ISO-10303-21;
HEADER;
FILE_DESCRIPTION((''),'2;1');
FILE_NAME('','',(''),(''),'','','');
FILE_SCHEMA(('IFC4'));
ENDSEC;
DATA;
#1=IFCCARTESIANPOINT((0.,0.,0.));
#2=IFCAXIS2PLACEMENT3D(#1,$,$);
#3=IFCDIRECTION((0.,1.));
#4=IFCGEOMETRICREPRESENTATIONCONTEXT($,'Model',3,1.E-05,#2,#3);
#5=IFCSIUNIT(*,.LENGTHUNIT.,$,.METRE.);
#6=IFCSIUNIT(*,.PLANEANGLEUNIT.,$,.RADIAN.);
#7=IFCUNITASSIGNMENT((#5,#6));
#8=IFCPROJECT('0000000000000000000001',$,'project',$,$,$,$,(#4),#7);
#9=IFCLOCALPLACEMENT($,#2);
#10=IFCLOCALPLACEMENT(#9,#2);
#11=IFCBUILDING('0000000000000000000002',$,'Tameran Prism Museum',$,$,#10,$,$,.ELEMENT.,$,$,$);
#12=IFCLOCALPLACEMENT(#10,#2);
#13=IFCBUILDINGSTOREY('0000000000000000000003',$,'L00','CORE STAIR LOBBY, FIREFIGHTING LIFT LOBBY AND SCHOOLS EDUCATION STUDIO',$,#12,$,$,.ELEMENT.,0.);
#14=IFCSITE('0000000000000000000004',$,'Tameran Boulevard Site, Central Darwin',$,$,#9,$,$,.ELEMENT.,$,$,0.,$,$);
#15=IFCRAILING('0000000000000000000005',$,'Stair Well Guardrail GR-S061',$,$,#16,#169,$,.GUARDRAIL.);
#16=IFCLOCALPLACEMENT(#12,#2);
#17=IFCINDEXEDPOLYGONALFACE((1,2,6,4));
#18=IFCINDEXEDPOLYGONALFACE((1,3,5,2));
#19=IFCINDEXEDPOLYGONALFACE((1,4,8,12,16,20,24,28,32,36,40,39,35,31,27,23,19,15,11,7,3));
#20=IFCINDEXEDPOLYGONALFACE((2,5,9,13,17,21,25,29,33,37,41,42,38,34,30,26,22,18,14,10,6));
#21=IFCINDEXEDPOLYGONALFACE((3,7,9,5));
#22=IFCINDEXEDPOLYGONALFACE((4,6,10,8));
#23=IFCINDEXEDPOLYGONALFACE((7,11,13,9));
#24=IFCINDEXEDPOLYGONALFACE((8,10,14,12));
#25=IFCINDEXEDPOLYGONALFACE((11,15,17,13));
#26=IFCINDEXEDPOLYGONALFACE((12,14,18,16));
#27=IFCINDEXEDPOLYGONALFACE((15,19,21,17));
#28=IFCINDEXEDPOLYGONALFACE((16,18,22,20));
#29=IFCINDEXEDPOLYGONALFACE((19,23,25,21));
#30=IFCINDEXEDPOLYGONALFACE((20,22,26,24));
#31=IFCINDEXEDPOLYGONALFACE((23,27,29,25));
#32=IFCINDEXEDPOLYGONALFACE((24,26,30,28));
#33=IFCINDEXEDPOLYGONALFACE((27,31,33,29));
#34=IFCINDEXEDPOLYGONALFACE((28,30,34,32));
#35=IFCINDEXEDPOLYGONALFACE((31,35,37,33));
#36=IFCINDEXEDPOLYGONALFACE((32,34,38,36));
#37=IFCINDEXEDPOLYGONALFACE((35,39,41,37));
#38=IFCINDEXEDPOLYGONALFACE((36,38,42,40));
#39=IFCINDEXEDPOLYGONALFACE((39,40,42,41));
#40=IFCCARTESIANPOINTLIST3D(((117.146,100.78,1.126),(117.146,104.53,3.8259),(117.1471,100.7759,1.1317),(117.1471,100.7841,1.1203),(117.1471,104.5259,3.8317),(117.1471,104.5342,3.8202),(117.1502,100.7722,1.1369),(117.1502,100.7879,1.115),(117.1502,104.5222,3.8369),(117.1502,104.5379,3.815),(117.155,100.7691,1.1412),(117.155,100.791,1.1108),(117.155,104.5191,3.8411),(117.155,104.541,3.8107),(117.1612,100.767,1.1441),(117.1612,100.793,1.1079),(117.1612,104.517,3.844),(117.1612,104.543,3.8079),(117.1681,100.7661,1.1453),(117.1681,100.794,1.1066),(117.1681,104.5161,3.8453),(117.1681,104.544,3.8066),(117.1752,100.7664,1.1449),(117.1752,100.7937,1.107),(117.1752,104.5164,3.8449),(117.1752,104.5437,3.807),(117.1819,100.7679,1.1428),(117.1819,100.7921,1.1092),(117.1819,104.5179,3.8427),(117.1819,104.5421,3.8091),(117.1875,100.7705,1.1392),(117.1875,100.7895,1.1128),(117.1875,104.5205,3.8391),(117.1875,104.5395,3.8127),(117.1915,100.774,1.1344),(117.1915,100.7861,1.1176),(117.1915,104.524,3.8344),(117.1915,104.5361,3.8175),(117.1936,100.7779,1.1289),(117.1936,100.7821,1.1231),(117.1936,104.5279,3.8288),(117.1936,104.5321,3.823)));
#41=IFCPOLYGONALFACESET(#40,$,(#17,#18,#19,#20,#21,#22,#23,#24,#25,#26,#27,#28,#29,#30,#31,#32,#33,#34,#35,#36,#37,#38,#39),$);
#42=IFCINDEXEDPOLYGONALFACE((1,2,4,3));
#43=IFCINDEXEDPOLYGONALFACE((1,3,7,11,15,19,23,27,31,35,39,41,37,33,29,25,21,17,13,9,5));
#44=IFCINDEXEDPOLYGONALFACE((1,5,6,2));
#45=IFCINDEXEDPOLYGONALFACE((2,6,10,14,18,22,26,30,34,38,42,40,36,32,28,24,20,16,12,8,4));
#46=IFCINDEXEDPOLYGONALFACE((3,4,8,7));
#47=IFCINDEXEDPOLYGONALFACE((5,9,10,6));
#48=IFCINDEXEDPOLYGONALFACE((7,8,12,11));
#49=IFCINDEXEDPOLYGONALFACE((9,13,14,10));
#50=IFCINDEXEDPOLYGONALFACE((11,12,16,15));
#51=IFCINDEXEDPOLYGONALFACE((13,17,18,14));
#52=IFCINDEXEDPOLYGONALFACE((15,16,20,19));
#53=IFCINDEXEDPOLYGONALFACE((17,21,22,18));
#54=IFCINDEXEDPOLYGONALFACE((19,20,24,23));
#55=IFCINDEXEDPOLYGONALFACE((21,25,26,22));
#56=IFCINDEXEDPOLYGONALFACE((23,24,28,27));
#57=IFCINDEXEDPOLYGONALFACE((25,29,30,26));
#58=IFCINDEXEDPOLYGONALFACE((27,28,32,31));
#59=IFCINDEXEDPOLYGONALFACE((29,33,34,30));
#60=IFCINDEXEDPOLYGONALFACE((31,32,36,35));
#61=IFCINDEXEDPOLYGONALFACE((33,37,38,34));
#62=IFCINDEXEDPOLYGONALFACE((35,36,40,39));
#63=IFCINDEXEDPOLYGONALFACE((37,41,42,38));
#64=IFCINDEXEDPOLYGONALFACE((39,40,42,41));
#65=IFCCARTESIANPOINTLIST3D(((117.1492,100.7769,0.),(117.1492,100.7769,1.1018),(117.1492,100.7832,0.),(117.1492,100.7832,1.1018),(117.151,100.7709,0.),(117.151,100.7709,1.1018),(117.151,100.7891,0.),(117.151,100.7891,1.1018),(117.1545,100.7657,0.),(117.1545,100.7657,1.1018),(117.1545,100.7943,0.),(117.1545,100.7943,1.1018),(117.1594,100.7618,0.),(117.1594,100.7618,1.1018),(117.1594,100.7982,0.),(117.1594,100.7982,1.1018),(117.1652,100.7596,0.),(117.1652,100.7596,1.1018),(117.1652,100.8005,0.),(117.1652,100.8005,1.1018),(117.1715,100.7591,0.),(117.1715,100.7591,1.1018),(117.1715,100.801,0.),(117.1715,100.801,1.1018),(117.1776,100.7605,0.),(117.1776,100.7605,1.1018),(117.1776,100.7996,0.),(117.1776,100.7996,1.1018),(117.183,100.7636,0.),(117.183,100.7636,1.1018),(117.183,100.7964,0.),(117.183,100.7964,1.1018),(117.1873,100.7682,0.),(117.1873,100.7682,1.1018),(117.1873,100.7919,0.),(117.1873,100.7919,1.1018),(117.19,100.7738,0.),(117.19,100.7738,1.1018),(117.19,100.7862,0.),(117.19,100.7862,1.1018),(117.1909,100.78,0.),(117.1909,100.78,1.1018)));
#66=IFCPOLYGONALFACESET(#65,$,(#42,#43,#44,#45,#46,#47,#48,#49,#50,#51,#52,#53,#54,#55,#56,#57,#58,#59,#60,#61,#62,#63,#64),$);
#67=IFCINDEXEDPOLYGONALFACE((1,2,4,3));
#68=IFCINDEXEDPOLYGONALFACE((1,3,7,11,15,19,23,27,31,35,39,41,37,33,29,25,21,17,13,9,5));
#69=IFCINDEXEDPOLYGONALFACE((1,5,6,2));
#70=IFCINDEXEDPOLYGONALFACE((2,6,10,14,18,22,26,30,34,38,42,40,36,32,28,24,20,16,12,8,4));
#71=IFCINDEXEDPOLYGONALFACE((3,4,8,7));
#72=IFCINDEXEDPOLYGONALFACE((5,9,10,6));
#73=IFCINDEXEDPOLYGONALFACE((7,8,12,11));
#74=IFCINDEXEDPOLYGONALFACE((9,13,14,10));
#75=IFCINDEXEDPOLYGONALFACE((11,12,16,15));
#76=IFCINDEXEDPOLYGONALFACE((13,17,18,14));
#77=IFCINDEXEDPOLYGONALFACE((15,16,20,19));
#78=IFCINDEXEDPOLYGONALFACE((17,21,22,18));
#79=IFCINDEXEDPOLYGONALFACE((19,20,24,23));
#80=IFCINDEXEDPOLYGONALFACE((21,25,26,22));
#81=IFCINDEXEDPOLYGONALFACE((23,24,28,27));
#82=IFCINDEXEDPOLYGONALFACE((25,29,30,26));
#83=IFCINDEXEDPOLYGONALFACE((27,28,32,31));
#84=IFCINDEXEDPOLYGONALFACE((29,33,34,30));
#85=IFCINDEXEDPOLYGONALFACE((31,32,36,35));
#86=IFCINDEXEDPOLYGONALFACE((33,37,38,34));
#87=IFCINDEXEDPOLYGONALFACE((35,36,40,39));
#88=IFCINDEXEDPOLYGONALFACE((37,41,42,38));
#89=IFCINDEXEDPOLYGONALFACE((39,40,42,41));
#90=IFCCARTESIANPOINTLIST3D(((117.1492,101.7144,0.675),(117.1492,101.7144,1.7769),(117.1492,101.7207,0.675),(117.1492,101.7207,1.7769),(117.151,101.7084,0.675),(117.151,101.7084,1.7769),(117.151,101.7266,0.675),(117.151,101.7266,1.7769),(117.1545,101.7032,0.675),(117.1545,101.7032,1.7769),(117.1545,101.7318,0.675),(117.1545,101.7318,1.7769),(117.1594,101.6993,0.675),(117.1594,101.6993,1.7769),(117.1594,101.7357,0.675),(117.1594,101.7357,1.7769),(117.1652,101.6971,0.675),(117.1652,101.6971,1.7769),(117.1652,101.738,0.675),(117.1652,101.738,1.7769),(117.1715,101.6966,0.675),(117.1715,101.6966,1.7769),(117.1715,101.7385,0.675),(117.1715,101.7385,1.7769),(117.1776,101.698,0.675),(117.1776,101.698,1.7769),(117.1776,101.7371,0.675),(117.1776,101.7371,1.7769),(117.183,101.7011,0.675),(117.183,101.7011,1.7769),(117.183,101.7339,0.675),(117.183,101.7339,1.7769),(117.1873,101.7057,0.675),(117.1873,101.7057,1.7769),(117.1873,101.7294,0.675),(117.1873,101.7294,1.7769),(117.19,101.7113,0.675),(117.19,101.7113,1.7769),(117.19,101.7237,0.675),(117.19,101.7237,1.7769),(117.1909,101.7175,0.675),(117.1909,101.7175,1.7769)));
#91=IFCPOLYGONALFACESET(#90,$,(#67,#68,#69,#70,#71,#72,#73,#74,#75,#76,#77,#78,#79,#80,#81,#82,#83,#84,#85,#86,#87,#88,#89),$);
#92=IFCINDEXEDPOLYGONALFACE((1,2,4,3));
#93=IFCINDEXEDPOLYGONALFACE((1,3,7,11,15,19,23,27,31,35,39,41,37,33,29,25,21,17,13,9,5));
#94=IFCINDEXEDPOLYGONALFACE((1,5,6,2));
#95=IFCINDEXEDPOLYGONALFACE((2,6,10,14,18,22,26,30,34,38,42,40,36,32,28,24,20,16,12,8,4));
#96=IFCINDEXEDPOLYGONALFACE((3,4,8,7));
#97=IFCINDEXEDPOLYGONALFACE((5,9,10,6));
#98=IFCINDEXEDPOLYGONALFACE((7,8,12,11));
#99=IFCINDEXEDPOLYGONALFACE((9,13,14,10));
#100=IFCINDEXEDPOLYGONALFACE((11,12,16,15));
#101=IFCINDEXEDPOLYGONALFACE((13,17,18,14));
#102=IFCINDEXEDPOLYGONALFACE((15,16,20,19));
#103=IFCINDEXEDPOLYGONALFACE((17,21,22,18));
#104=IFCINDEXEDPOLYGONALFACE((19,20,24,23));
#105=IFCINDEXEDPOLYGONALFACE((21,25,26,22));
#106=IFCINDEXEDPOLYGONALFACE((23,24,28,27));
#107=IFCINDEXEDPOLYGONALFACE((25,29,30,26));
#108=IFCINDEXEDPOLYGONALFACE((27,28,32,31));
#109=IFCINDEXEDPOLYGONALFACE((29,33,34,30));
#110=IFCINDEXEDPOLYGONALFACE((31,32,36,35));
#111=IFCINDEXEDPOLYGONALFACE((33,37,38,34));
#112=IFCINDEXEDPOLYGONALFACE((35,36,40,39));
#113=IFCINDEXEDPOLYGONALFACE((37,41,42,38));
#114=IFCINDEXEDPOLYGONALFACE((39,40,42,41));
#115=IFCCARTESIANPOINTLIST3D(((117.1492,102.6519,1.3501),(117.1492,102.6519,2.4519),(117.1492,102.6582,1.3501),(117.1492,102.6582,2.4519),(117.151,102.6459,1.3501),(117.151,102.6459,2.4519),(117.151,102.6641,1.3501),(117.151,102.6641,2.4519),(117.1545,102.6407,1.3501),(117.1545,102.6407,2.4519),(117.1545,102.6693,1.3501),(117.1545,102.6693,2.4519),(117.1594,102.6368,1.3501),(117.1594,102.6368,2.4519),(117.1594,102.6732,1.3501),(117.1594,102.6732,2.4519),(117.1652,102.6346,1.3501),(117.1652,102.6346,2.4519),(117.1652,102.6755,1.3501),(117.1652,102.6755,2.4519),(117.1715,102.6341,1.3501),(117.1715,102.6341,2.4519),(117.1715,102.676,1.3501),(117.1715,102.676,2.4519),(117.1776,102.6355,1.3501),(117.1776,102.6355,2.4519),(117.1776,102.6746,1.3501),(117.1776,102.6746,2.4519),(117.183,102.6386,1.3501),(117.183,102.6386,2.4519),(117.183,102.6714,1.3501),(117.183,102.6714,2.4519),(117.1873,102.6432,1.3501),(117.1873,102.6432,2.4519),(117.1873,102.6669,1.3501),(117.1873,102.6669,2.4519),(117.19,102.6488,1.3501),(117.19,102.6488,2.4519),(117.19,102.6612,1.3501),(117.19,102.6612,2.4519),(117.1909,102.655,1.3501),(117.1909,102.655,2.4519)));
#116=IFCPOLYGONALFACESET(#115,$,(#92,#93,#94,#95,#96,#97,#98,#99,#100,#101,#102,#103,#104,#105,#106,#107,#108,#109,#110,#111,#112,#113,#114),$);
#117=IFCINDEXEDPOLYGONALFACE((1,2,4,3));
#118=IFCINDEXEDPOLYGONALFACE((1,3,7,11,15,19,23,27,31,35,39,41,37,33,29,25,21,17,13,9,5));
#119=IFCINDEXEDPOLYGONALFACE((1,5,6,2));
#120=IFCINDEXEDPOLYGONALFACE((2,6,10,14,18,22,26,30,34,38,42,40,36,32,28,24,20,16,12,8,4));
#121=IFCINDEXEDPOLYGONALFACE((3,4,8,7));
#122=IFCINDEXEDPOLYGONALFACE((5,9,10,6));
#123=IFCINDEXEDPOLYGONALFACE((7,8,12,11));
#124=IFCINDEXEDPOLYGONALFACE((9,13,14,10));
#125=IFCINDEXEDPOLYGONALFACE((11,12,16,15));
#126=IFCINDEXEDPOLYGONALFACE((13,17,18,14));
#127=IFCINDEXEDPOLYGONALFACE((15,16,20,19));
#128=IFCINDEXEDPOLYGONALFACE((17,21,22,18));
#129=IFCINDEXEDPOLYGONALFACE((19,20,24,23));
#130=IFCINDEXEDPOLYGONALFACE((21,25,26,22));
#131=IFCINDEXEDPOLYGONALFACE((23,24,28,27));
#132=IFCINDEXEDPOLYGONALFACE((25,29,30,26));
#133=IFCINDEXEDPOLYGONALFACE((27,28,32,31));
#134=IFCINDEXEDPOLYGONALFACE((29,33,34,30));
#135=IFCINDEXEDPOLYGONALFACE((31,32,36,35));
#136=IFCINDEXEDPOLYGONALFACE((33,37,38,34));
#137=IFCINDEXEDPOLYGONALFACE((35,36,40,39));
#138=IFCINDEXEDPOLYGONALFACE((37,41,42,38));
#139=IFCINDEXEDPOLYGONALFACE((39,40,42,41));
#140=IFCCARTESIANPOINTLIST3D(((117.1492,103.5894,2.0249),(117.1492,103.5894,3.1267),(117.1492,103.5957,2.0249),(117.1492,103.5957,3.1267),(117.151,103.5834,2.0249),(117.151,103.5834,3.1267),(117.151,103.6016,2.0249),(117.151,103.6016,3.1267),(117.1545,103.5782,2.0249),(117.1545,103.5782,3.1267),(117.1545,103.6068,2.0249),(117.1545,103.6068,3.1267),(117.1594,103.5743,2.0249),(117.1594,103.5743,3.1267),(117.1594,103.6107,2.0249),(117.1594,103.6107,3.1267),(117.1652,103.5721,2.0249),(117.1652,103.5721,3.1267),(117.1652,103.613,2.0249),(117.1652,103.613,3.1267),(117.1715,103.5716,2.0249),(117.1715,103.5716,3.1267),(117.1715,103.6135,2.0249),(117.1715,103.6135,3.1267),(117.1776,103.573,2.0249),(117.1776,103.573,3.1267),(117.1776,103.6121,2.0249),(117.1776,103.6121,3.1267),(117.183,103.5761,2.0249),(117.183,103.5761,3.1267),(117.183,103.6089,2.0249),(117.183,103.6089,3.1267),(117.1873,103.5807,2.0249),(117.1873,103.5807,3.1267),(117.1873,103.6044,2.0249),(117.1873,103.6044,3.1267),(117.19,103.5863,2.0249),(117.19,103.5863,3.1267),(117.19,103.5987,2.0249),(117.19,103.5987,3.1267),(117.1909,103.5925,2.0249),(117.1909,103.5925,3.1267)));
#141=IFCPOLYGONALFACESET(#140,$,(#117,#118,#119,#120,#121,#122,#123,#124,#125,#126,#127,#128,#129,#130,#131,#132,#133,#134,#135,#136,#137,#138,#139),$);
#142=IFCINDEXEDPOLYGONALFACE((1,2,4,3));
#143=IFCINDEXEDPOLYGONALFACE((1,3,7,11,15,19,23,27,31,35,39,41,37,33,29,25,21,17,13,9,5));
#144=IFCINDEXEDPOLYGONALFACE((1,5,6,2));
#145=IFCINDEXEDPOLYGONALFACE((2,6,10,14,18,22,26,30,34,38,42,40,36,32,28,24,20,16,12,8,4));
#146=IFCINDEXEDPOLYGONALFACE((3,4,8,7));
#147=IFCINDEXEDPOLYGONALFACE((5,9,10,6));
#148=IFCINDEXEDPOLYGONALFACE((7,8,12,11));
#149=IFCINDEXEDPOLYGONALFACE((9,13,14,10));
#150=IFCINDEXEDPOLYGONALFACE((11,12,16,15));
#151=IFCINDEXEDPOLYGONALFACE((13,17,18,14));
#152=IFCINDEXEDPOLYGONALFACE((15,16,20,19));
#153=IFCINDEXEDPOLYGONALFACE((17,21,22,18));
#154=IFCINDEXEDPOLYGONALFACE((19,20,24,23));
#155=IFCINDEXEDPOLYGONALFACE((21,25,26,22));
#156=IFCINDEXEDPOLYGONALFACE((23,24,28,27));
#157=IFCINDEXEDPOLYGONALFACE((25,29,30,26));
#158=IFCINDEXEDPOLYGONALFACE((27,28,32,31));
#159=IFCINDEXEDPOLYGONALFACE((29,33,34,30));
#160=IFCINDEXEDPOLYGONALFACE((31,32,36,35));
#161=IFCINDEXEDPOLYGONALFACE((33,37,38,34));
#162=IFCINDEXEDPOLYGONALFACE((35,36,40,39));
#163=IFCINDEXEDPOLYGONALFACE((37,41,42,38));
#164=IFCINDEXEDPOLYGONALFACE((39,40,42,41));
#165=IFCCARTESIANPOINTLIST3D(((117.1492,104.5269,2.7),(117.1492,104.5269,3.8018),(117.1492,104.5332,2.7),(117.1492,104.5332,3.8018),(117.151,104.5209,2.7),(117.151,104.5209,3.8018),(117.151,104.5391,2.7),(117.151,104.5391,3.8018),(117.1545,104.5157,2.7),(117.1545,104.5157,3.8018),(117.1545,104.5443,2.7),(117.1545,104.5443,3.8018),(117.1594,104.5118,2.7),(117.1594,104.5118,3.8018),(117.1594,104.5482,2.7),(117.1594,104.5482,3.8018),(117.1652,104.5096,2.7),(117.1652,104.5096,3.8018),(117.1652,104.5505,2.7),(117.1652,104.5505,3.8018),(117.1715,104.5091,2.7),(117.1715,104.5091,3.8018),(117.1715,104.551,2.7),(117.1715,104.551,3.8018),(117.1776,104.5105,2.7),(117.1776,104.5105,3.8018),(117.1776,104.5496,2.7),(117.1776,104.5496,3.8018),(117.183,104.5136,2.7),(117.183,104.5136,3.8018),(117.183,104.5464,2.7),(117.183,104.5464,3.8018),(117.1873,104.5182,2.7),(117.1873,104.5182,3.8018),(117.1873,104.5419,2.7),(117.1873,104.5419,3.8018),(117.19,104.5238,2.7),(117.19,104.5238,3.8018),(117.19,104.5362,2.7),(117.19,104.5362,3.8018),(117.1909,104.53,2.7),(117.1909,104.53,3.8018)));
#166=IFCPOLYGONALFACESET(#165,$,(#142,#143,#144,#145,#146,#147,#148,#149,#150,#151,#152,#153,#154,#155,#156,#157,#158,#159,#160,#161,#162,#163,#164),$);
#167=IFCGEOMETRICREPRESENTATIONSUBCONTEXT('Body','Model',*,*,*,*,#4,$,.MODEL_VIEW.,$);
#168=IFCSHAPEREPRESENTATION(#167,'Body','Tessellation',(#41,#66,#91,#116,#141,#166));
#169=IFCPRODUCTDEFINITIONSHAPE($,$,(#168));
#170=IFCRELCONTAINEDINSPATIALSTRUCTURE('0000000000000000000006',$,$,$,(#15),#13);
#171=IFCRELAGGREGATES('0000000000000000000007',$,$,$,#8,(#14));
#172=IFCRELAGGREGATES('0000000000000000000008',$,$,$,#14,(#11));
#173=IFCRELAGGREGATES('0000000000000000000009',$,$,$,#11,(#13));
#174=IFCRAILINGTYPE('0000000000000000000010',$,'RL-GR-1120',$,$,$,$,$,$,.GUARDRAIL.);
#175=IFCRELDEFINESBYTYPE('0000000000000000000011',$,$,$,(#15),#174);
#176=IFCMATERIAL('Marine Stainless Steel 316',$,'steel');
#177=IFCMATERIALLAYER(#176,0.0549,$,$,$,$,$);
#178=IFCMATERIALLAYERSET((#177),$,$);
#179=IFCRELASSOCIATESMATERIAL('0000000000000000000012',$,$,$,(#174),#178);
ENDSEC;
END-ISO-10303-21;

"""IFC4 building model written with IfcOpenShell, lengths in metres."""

from ifc_helpers import new_model, si_unit, direction, frame, origin, origin_2d, place, context, subcontext, project, spatial, circle, extrude, material, layer, layer_set, type_object, element, save


model = new_model("IFC4")

# Units and contexts
model_context = context("Model", 3, precision=1e-05, world=origin(), true_north=direction((0.0, 1.0)))
body_context = subcontext(model_context, "Body", "Model", "MODEL_VIEW")
ifc_project = project(units=[si_unit("LENGTHUNIT", "METRE"), si_unit("PLANEANGLEUNIT", "RADIAN")], contexts=[model_context])

# Site, building, storey
site_placement = place(None, origin())
site = spatial("IfcSite", under=ifc_project, at=site_placement, Name="Tameran Boulevard Site, Central Darwin", CompositionType="ELEMENT", RefElevation=0.0)
building_placement = place(site_placement, origin())
building = spatial("IfcBuilding", under=site, at=building_placement, Name="Tameran Prism Museum", CompositionType="ELEMENT")
storey_placement = place(building_placement, origin())
storey = spatial("IfcBuildingStorey", under=building, at=storey_placement, Name="L00", Description="CORE STAIR LOBBY, FIREFIGHTING LIFT LOBBY AND SCHOOLS EDUCATION STUDIO", CompositionType="ELEMENT", Elevation=0.0)

# Railing
ifc_material_1 = material(Name="Marine Stainless Steel 316", Category="steel")
ifc_layer_1 = layer(ifc_material_1, 0.0549)
ifc_layer_set_1 = layer_set([ifc_layer_1])
railing_type_1 = type_object("IfcRailingType", Name="RL-GR-1120", PredefinedType="GUARDRAIL", material=ifc_layer_set_1)
railing_1_placement = place(storey_placement, frame((117.1699, 100.78, 0.0)))
element("IfcRailing", 1, at=railing_1_placement, inside=storey, type_object=railing_type_1, Name="Stair Well Guardrail GR-S061", PredefinedType="GUARDRAIL", context=body_context, shape_type="SweptSolid", body=[
    extrude(circle(Radius=0.0239, at=origin_2d()), frame((0.0, 0.0, 1.126), z_axis=(0.0, 0.811539, 0.584298), x_axis=(-1.0, 0.0, 0.0)), (0.0, 0.0, 1.0), 4.6208),
    extrude(circle(Radius=0.021, at=origin_2d()), origin(), (0.0, 0.0, 1.0), 1.1018),
    extrude(circle(Radius=0.021, at=origin_2d()), frame((0.0, 0.9375, 0.675)), (0.0, 0.0, 1.0), 1.1018),
    extrude(circle(Radius=0.021, at=origin_2d()), frame((0.0, 1.875, 1.3501)), (0.0, 0.0, 1.0), 1.1018),
    extrude(circle(Radius=0.021, at=origin_2d()), frame((0.0, 2.8125, 2.0249)), (0.0, 0.0, 1.0), 1.1018),
    extrude(circle(Radius=0.021, at=origin_2d()), frame((0.0, 3.75, 2.7)), (0.0, 0.0, 1.0), 1.1018),
])

save(model, "model.ifc")
